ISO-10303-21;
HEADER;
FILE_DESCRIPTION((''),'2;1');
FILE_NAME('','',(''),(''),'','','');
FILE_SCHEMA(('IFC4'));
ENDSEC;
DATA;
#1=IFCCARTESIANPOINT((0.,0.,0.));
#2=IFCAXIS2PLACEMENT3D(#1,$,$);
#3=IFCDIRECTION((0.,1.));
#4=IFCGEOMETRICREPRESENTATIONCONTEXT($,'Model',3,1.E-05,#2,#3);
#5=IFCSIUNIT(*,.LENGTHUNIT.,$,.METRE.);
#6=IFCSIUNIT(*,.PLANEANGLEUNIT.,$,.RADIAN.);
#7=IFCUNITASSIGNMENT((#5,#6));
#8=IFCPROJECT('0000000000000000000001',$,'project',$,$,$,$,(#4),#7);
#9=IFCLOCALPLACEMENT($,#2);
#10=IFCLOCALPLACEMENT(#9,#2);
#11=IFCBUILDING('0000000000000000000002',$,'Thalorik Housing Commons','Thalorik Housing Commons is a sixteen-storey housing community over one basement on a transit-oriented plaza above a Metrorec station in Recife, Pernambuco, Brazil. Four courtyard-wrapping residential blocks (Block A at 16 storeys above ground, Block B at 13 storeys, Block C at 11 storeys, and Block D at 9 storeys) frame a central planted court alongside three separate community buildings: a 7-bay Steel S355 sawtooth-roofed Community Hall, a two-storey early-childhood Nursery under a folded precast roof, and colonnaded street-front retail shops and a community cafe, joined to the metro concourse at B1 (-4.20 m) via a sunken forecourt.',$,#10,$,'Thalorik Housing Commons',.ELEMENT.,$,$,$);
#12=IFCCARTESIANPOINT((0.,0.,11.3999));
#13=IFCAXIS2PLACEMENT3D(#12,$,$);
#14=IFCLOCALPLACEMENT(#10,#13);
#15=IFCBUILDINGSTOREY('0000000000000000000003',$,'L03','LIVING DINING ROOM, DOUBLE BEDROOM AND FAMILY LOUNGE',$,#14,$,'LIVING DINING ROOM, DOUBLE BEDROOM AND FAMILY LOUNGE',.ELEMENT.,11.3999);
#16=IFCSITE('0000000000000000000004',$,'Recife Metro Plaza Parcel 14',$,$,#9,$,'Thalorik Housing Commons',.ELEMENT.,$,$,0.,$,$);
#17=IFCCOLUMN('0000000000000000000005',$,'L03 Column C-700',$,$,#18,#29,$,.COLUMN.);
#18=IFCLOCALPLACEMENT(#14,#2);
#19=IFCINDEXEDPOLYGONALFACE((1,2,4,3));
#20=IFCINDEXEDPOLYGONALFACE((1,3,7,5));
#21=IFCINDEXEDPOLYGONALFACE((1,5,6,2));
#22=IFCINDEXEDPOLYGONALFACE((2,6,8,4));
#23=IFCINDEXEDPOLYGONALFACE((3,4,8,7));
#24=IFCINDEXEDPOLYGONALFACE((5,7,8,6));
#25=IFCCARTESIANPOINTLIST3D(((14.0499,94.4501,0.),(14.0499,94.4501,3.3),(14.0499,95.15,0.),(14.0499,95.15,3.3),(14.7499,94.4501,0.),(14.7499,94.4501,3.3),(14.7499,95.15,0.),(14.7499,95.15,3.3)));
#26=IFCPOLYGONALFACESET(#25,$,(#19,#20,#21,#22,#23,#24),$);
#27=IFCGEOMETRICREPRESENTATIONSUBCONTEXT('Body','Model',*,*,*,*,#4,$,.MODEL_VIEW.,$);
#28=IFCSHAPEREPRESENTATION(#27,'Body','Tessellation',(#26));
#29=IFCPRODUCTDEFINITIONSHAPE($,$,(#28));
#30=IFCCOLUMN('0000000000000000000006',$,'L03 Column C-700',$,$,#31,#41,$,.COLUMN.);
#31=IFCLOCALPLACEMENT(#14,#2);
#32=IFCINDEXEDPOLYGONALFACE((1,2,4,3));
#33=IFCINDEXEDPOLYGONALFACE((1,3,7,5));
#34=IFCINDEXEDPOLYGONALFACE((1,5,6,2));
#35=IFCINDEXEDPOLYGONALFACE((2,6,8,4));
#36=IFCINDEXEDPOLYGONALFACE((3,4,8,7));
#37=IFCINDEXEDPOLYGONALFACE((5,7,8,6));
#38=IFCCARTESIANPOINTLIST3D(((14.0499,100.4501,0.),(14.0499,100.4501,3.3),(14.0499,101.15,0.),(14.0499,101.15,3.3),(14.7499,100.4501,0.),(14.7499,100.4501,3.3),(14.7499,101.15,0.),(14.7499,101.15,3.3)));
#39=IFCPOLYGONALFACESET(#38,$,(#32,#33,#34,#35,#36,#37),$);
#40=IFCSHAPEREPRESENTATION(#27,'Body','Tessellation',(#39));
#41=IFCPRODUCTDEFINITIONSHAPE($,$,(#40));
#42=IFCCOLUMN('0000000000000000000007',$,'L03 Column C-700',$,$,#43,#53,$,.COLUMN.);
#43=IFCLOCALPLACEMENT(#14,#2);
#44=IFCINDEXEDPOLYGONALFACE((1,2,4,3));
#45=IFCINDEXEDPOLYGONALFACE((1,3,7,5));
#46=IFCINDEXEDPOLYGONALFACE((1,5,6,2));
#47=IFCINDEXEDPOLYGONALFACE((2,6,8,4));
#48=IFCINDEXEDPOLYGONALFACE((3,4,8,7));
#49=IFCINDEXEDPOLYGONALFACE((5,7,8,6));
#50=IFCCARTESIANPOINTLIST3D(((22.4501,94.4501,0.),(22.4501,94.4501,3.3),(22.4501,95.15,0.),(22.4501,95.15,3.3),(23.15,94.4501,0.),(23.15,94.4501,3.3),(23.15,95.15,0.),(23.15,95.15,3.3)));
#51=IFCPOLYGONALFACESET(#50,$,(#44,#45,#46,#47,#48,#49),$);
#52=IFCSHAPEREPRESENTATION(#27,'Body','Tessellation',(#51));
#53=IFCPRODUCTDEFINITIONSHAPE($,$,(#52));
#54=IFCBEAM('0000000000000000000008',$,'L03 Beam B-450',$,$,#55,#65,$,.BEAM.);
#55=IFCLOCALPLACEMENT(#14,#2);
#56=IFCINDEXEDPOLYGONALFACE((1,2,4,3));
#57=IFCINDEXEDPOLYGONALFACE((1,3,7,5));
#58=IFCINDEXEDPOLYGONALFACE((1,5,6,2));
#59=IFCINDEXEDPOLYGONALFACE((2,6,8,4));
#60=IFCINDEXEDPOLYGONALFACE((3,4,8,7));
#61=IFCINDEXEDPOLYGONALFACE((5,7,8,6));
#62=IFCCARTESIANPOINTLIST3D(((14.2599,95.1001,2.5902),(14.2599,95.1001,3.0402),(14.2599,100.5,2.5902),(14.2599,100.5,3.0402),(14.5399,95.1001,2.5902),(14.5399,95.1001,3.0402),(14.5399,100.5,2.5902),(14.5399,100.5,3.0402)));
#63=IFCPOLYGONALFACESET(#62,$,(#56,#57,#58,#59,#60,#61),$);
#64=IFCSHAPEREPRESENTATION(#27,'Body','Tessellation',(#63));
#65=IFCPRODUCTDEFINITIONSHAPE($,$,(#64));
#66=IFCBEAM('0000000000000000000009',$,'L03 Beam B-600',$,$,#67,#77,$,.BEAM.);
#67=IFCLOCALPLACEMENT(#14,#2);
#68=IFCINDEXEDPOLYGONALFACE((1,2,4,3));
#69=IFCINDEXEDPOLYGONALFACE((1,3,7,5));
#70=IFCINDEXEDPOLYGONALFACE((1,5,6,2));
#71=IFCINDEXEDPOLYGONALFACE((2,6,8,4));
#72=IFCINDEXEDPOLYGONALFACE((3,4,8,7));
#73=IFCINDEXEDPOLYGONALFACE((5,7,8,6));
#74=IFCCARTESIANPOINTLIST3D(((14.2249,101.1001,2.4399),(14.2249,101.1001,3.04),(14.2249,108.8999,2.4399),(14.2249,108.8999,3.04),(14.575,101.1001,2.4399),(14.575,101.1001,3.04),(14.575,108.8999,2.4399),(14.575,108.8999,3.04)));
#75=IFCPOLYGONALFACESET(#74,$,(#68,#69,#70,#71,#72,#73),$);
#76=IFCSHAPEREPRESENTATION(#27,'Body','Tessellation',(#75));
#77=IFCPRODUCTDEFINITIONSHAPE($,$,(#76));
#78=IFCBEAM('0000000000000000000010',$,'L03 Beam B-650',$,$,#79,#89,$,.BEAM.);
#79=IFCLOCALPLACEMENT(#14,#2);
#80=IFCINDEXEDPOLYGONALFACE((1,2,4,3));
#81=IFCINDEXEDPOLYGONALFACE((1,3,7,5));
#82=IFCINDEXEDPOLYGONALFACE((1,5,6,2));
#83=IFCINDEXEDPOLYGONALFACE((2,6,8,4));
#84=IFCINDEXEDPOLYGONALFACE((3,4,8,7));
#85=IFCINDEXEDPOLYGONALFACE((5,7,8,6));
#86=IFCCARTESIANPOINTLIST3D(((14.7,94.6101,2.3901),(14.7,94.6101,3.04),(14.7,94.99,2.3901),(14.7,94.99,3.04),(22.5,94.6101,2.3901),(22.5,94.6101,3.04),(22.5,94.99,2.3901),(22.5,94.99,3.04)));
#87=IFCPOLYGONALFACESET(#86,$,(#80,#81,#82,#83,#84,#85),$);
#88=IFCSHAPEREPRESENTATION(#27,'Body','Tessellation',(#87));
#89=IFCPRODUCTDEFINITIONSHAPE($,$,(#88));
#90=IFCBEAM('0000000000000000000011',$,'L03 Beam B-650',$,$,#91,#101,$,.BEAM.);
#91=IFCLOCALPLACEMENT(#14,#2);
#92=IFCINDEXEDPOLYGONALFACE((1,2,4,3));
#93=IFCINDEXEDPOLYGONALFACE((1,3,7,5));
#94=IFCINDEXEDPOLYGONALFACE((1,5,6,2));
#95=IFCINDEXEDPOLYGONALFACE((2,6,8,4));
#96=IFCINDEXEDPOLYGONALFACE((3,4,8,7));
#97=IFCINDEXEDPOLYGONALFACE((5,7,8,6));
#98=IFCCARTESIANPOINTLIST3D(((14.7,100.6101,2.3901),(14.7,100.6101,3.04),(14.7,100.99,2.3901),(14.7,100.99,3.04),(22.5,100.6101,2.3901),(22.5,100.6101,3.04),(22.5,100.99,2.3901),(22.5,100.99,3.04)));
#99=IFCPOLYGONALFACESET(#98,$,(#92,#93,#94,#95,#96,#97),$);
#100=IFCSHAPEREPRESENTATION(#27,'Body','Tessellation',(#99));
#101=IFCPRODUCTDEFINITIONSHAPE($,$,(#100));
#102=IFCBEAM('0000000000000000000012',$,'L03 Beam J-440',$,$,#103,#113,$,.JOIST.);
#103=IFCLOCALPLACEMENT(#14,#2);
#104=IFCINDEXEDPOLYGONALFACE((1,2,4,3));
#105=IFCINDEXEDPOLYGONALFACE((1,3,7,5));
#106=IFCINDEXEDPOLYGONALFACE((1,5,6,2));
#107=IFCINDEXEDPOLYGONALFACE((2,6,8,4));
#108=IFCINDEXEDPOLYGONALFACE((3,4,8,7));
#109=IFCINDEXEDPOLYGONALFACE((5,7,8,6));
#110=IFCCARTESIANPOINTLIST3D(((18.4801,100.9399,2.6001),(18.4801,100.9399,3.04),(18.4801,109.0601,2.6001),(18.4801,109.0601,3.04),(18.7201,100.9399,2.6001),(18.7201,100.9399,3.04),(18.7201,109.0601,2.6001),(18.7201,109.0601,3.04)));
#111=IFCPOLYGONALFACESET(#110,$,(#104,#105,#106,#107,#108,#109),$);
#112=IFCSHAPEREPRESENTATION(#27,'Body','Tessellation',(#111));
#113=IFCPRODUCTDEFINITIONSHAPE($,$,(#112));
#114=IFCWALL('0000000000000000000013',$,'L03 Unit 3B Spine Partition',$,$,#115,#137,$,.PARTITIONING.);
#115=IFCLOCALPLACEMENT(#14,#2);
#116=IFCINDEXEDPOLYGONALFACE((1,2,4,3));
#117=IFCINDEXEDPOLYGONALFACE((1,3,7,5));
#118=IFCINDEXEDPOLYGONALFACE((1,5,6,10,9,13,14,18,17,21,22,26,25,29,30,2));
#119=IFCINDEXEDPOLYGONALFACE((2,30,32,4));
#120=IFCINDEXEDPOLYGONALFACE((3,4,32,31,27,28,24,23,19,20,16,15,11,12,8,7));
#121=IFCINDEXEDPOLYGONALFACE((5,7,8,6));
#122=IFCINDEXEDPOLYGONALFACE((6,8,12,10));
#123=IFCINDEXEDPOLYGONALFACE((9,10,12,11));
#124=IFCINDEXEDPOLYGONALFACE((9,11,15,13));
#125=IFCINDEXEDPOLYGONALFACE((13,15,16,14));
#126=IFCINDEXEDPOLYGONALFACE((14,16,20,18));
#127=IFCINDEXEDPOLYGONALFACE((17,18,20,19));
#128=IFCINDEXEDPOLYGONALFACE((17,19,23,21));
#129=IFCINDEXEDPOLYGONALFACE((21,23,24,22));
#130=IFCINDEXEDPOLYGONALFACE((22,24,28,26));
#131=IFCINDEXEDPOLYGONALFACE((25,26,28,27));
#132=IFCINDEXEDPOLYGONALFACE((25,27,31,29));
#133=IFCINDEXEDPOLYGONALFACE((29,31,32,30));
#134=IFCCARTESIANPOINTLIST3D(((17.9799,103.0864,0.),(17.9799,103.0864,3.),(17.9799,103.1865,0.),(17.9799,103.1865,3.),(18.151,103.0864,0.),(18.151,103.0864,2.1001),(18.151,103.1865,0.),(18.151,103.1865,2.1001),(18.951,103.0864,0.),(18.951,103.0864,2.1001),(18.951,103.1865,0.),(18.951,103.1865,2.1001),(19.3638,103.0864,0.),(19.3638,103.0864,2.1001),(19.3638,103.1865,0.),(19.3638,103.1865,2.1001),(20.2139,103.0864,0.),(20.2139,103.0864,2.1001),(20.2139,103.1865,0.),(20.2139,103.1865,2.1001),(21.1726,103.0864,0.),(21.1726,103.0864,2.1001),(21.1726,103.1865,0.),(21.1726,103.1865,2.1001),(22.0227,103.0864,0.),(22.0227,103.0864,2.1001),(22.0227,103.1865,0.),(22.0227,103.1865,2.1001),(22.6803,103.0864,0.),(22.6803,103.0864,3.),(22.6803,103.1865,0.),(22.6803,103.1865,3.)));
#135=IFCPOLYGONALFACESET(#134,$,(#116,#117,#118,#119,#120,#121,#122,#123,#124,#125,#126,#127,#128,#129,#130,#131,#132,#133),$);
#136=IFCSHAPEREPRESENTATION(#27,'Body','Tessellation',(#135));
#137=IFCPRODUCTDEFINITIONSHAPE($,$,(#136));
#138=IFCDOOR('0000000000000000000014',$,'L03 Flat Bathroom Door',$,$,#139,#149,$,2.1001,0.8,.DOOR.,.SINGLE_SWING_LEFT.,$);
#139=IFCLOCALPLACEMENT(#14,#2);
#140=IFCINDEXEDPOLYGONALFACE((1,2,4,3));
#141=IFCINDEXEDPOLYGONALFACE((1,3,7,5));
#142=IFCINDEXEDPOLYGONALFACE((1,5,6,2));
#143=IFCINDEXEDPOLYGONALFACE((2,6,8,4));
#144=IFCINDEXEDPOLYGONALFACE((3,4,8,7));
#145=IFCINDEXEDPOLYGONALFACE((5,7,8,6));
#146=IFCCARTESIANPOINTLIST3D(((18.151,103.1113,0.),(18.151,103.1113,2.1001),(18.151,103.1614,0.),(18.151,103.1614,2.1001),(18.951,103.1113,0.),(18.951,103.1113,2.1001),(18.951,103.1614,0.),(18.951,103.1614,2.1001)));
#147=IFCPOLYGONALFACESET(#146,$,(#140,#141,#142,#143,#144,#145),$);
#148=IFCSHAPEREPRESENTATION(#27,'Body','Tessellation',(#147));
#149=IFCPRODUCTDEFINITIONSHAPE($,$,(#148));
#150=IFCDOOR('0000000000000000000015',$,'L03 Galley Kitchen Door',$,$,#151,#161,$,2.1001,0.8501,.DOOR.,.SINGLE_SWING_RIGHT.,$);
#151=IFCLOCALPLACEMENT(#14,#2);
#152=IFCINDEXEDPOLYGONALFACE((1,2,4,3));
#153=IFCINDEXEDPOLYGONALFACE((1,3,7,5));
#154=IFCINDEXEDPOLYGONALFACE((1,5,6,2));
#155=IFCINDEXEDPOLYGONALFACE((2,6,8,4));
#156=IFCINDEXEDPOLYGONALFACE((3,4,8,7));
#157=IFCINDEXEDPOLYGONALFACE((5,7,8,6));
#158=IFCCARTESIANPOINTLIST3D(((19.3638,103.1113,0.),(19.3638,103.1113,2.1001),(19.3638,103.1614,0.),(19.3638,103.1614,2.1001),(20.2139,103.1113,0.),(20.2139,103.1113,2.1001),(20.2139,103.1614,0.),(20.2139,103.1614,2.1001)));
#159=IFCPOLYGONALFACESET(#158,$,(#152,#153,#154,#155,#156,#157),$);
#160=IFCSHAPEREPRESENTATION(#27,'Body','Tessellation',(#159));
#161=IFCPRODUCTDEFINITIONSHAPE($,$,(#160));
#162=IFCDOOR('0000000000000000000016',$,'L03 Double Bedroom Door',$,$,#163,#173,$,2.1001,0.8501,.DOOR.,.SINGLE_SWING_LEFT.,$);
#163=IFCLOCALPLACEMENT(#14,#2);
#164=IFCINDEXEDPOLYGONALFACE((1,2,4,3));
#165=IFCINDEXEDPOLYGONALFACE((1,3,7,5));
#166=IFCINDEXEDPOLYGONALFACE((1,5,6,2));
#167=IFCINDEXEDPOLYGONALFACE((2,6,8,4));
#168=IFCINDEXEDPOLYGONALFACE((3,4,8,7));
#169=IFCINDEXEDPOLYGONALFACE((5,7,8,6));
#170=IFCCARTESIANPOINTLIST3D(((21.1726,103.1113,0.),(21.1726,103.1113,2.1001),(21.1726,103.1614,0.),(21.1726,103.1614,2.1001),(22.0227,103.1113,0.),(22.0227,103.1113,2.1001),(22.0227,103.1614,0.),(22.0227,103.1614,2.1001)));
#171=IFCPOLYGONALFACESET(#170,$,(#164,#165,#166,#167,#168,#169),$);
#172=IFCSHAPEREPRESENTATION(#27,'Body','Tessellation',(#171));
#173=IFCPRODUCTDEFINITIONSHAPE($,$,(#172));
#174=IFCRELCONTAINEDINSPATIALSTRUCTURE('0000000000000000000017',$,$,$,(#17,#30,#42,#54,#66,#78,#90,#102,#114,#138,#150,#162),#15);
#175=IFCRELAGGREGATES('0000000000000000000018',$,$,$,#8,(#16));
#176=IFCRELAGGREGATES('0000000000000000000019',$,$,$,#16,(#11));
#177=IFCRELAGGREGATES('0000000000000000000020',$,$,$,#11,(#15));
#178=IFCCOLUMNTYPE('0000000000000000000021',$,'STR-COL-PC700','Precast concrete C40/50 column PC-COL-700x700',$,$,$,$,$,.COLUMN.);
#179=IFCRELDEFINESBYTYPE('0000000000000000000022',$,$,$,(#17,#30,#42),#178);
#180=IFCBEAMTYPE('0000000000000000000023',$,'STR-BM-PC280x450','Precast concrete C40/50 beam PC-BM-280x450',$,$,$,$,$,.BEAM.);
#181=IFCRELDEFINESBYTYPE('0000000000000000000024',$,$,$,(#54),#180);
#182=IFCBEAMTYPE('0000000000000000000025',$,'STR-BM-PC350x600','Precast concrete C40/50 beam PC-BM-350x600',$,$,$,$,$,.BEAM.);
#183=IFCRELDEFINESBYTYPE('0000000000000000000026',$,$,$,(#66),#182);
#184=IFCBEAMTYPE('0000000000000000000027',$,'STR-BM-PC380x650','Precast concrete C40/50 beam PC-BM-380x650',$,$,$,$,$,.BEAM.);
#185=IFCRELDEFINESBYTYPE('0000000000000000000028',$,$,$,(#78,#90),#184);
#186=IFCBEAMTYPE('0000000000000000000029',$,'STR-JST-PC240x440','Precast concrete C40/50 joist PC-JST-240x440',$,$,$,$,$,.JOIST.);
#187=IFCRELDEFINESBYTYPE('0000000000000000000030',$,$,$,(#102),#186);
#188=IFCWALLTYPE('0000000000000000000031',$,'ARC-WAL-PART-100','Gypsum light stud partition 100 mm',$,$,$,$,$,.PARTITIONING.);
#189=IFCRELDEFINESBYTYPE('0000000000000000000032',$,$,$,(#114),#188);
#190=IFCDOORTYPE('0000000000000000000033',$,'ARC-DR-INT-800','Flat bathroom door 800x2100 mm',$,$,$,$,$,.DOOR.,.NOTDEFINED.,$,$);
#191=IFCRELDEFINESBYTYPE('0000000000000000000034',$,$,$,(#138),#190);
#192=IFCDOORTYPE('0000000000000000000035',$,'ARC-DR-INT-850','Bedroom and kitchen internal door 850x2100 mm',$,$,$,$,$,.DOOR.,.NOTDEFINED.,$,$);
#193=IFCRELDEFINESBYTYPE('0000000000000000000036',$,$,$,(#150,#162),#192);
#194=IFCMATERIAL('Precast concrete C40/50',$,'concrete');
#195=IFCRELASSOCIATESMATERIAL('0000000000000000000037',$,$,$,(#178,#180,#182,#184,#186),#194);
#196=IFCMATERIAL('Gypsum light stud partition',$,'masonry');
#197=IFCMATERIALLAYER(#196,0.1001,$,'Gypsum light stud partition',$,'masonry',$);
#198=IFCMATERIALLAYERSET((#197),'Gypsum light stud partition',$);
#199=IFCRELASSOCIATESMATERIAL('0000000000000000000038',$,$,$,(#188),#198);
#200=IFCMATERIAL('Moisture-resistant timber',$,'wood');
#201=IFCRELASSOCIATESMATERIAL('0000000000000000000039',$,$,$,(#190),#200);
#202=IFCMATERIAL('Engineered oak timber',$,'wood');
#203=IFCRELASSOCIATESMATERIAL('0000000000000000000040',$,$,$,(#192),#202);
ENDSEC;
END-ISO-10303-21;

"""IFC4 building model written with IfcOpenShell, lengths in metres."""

from ifc_helpers import new_model, si_unit, direction, frame, frame_2d, origin, origin_2d, place, context, subcontext, project, spatial, rectangle, extrude, material, layer, layer_set, material_profile, profile_set, type_object, element, fill, save


model = new_model("IFC4")

# Units and contexts
model_context = context("Model", 3, precision=1e-05, world=origin(), true_north=direction((0.0, 1.0)))
body_context = subcontext(model_context, "Body", "Model", "MODEL_VIEW")
ifc_project = project(units=[si_unit("LENGTHUNIT", "METRE"), si_unit("PLANEANGLEUNIT", "RADIAN")], contexts=[model_context])

# Site, building, storey
site_placement = place(None, origin())
site = spatial("IfcSite", under=ifc_project, at=site_placement, Name="Recife Metro Plaza Parcel 14", LongName="Thalorik Housing Commons", CompositionType="ELEMENT", RefElevation=0.0)
building_placement = place(site_placement, origin())
building = spatial("IfcBuilding", under=site, at=building_placement, Name="Thalorik Housing Commons", Description="Thalorik Housing Commons is a sixteen-storey housing community over one basement on a transit-oriented plaza above a Metrorec station in Recife, Pernambuco, Brazil. Four courtyard-wrapping residential blocks (Block A at 16 storeys above ground, Block B at 13 storeys, Block C at 11 storeys, and Block D at 9 storeys) frame a central planted court alongside three separate community buildings: a 7-bay Steel S355 sawtooth-roofed Community Hall, a two-storey early-childhood Nursery under a folded precast roof, and colonnaded street-front retail shops and a community cafe, joined to the metro concourse at B1 (-4.20 m) via a sunken forecourt.", LongName="Thalorik Housing Commons", CompositionType="ELEMENT")
storey_placement = place(building_placement, frame((0.0, 0.0, 11.3999)))
storey = spatial("IfcBuildingStorey", under=building, at=storey_placement, Name="L03", Description="LIVING DINING ROOM, DOUBLE BEDROOM AND FAMILY LOUNGE", LongName="LIVING DINING ROOM, DOUBLE BEDROOM AND FAMILY LOUNGE", CompositionType="ELEMENT", Elevation=11.3999)

# Columns
ifc_material_1 = material(Name="Precast concrete C40/50", Category="concrete")
ifc_material_profile_1 = material_profile(ifc_material_1, rectangle(XDim=0.7, YDim=0.7, at=origin_2d()), Name="PC 700x700", Category="concrete")
ifc_profile_set_1 = profile_set([ifc_material_profile_1], Name="Precast concrete C40/50")
column_type = type_object("IfcColumnType", Name="STR-COL-PC700", Description="Precast concrete C40/50 column PC-COL-700x700", PredefinedType="COLUMN", material=ifc_profile_set_1)
for number, where, z_axis, x_axis, name in (
    (1, (14.3999, 94.8, 0.0), (0.0, 0.0, 1.0), (1.0, 0.0, 0.0), "L03 Column C-700"),
    (2, (14.3999, 100.8, 0.0), (0.0, 0.0, 1.0), (1.0, 0.0, 0.0), "L03 Column C-700"),
    (3, (22.8, 94.8, 0.0), (0.0, 0.0, 1.0), (1.0, 0.0, 0.0), "L03 Column C-700"),
):
    element("IfcColumn", number, at=place(storey_placement, frame(where, z_axis=z_axis, x_axis=x_axis)), inside=storey, type_object=column_type, Name=name, PredefinedType="COLUMN", context=body_context, shape_type="SweptSolid", body=[
        extrude(rectangle(XDim=0.7, YDim=0.7, at=origin_2d()), origin(), (0.0, 0.0, 1.0), 3.3),
    ])

# Beams
ifc_material_profile_2 = material_profile(ifc_material_1, rectangle(XDim=0.28, YDim=0.45, at=origin_2d()), Name="PC 280x450", Category="concrete")
ifc_profile_set_2 = profile_set([ifc_material_profile_2], Name="Precast concrete C40/50")
beam_type_1 = type_object("IfcBeamType", Name="STR-BM-PC280x450", Description="Precast concrete C40/50 beam PC-BM-280x450", PredefinedType="BEAM", material=ifc_profile_set_2)
beam_1_placement = place(storey_placement, frame((14.3999, 95.1001, 2.8152), z_axis=(0.0, 1.0, 0.0), x_axis=(-1.0, 0.0, 0.0)))
element("IfcBeam", 4, at=beam_1_placement, inside=storey, type_object=beam_type_1, Name="L03 Beam B-450", PredefinedType="BEAM", context=body_context, shape_type="SweptSolid", body=[
    extrude(rectangle(XDim=0.28, YDim=0.45, at=origin_2d()), origin(), (0.0, 0.0, 1.0), 5.3999),
])
ifc_material_profile_3 = material_profile(ifc_material_1, rectangle(XDim=0.3501, YDim=0.6001, at=origin_2d()), Name="PC 350x600", Category="concrete")
ifc_profile_set_3 = profile_set([ifc_material_profile_3], Name="Precast concrete C40/50")
beam_type_2 = type_object("IfcBeamType", Name="STR-BM-PC350x600", Description="Precast concrete C40/50 beam PC-BM-350x600", PredefinedType="BEAM", material=ifc_profile_set_3)
beam_2_placement = place(storey_placement, frame((14.3999, 101.1001, 2.74), z_axis=(0.0, 1.0, 0.0), x_axis=(-1.0, 0.0, 0.0)))
element("IfcBeam", 5, at=beam_2_placement, inside=storey, type_object=beam_type_2, Name="L03 Beam B-600", PredefinedType="BEAM", context=body_context, shape_type="SweptSolid", body=[
    extrude(rectangle(XDim=0.3501, YDim=0.6001, at=origin_2d()), origin(), (0.0, 0.0, 1.0), 7.7998),
])
ifc_material_profile_4 = material_profile(ifc_material_1, rectangle(XDim=0.3799, YDim=0.6499, at=origin_2d()), Name="PC 380x650", Category="concrete")
ifc_profile_set_4 = profile_set([ifc_material_profile_4], Name="Precast concrete C40/50")
beam_type_3 = type_object("IfcBeamType", Name="STR-BM-PC380x650", Description="Precast concrete C40/50 beam PC-BM-380x650", PredefinedType="BEAM", material=ifc_profile_set_4)
for number, where, z_axis, x_axis, name in (
    (6, (14.7, 94.8, 2.7151), (1.0, 0.0, 0.0), (0.0, 1.0, 0.0), "L03 Beam B-650"),
    (7, (14.7, 100.8, 2.7151), (1.0, 0.0, 0.0), (0.0, 1.0, 0.0), "L03 Beam B-650"),
):
    element("IfcBeam", number, at=place(storey_placement, frame(where, z_axis=z_axis, x_axis=x_axis)), inside=storey, type_object=beam_type_3, Name=name, PredefinedType="BEAM", context=body_context, shape_type="SweptSolid", body=[
        extrude(rectangle(XDim=0.3799, YDim=0.6499, at=origin_2d()), origin(), (0.0, 0.0, 1.0), 7.8),
    ])
ifc_material_profile_5 = material_profile(ifc_material_1, rectangle(XDim=0.24, YDim=0.4399, at=origin_2d()), Name="PC JST 240x440", Category="concrete")
ifc_profile_set_5 = profile_set([ifc_material_profile_5], Name="Precast concrete C40/50")
beam_type_4 = type_object("IfcBeamType", Name="STR-JST-PC240x440", Description="Precast concrete C40/50 joist PC-JST-240x440", PredefinedType="JOIST", material=ifc_profile_set_5)
beam_3_placement = place(storey_placement, frame((18.6001, 100.9399, 2.8201), z_axis=(0.0, 1.0, 0.0), x_axis=(-1.0, 0.0, 0.0)))
element("IfcBeam", 8, at=beam_3_placement, inside=storey, type_object=beam_type_4, Name="L03 Beam J-440", PredefinedType="JOIST", context=body_context, shape_type="SweptSolid", body=[
    extrude(rectangle(XDim=0.24, YDim=0.4399, at=origin_2d()), origin(), (0.0, 0.0, 1.0), 8.1201),
])

# Wall, openings, doors
ifc_material_2 = material(Name="Gypsum light stud partition", Category="masonry")
ifc_layer_1 = layer(ifc_material_2, 0.1001, Name="Gypsum light stud partition", Category="masonry")
ifc_layer_set_1 = layer_set([ifc_layer_1], Name="Gypsum light stud partition")
wall_type_1 = type_object("IfcWallType", Name="ARC-WAL-PART-100", Description="Gypsum light stud partition 100 mm", PredefinedType="PARTITIONING", material=ifc_layer_set_1)
wall_1_placement = place(storey_placement, frame((17.98, 103.1365, 0.0), z_axis=(0.0, 0.0, 1.0), x_axis=(1.0, 0.0, 0.0)))
wall_1 = element("IfcWall", 9, at=wall_1_placement, inside=storey, type_object=wall_type_1, Name="L03 Unit 3B Spine Partition", PredefinedType="PARTITIONING", context=body_context, shape_type="SweptSolid", body=[
    extrude(rectangle(XDim=4.7004, YDim=0.1001, at=frame_2d((2.3501, 0.0))), origin(), (0.0, 0.0, 1.0), 3.0),
])
opening_1_placement = place(wall_1_placement, frame((0.1711, 0.0, 0.0)))
opening_1 = element("IfcOpeningElement", 10, at=opening_1_placement, cuts=wall_1, PredefinedType="OPENING", context=body_context, shape_type="SweptSolid", body=[
    extrude(rectangle(XDim=0.8, YDim=2.1001, at=frame_2d((0.3999, 1.05))), frame((0.0, 0.0601, 0.0), z_axis=(0.0, -1.0, 0.0), x_axis=(1.0, 0.0, 0.0)), (0.0, 0.0, 1.0), 0.1201),
])
opening_2_placement = place(wall_1_placement, frame((1.3838, 0.0, 0.0)))
opening_2 = element("IfcOpeningElement", 11, at=opening_2_placement, cuts=wall_1, PredefinedType="OPENING", context=body_context, shape_type="SweptSolid", body=[
    extrude(rectangle(XDim=0.8501, YDim=2.1001, at=frame_2d((0.425, 1.05))), frame((0.0, 0.0601, 0.0), z_axis=(0.0, -1.0, 0.0), x_axis=(1.0, 0.0, 0.0)), (0.0, 0.0, 1.0), 0.1201),
])
opening_3_placement = place(wall_1_placement, frame((3.1926, 0.0, 0.0)))
opening_3 = element("IfcOpeningElement", 12, at=opening_3_placement, cuts=wall_1, PredefinedType="OPENING", context=body_context, shape_type="SweptSolid", body=[
    extrude(rectangle(XDim=0.8501, YDim=2.1001, at=frame_2d((0.425, 1.05))), frame((0.0, 0.0601, 0.0), z_axis=(0.0, -1.0, 0.0), x_axis=(1.0, 0.0, 0.0)), (0.0, 0.0, 1.0), 0.1201),
])
ifc_material_3 = material(Name="Moisture-resistant timber", Category="wood")
door_type_1 = type_object("IfcDoorType", Name="ARC-DR-INT-800", Description="Flat bathroom door 800x2100 mm", OperationType="NOTDEFINED", PredefinedType="DOOR", material=ifc_material_3)
door_1_placement = place(opening_1_placement, origin())
door_1 = element("IfcDoor", 13, at=door_1_placement, inside=storey, type_object=door_type_1, Name="L03 Flat Bathroom Door", OperationType="SINGLE_SWING_LEFT", OverallHeight=2.1001, OverallWidth=0.8, PredefinedType="DOOR", context=body_context, shape_type="SweptSolid", body=[
    extrude(rectangle(XDim=0.8, YDim=2.1001, at=frame_2d((0.3999, 1.05))), frame((0.0, 0.0249, 0.0), z_axis=(0.0, -1.0, 0.0), x_axis=(1.0, 0.0, 0.0)), (0.0, 0.0, 1.0), 0.05),
])
fill(opening_1, door_1)
ifc_material_4 = material(Name="Engineered oak timber", Category="wood")
door_type_2 = type_object("IfcDoorType", Name="ARC-DR-INT-850", Description="Bedroom and kitchen internal door 850x2100 mm", OperationType="NOTDEFINED", PredefinedType="DOOR", material=ifc_material_4)
door_2_placement = place(opening_2_placement, origin())
door_2 = element("IfcDoor", 14, at=door_2_placement, inside=storey, type_object=door_type_2, Name="L03 Galley Kitchen Door", OperationType="SINGLE_SWING_RIGHT", OverallHeight=2.1001, OverallWidth=0.8501, PredefinedType="DOOR", context=body_context, shape_type="SweptSolid", body=[
    extrude(rectangle(XDim=0.8501, YDim=2.1001, at=frame_2d((0.425, 1.05))), frame((0.0, 0.0249, 0.0), z_axis=(0.0, -1.0, 0.0), x_axis=(1.0, 0.0, 0.0)), (0.0, 0.0, 1.0), 0.05),
])
fill(opening_2, door_2)
door_3_placement = place(opening_3_placement, origin())
door_3 = element("IfcDoor", 15, at=door_3_placement, inside=storey, type_object=door_type_2, Name="L03 Double Bedroom Door", OperationType="SINGLE_SWING_LEFT", OverallHeight=2.1001, OverallWidth=0.8501, PredefinedType="DOOR", context=body_context, shape_type="SweptSolid", body=[
    extrude(rectangle(XDim=0.8501, YDim=2.1001, at=frame_2d((0.425, 1.05))), frame((0.0, 0.0249, 0.0), z_axis=(0.0, -1.0, 0.0), x_axis=(1.0, 0.0, 0.0)), (0.0, 0.0, 1.0), 0.05),
])
fill(opening_3, door_3)

save(model, "model.ifc")
